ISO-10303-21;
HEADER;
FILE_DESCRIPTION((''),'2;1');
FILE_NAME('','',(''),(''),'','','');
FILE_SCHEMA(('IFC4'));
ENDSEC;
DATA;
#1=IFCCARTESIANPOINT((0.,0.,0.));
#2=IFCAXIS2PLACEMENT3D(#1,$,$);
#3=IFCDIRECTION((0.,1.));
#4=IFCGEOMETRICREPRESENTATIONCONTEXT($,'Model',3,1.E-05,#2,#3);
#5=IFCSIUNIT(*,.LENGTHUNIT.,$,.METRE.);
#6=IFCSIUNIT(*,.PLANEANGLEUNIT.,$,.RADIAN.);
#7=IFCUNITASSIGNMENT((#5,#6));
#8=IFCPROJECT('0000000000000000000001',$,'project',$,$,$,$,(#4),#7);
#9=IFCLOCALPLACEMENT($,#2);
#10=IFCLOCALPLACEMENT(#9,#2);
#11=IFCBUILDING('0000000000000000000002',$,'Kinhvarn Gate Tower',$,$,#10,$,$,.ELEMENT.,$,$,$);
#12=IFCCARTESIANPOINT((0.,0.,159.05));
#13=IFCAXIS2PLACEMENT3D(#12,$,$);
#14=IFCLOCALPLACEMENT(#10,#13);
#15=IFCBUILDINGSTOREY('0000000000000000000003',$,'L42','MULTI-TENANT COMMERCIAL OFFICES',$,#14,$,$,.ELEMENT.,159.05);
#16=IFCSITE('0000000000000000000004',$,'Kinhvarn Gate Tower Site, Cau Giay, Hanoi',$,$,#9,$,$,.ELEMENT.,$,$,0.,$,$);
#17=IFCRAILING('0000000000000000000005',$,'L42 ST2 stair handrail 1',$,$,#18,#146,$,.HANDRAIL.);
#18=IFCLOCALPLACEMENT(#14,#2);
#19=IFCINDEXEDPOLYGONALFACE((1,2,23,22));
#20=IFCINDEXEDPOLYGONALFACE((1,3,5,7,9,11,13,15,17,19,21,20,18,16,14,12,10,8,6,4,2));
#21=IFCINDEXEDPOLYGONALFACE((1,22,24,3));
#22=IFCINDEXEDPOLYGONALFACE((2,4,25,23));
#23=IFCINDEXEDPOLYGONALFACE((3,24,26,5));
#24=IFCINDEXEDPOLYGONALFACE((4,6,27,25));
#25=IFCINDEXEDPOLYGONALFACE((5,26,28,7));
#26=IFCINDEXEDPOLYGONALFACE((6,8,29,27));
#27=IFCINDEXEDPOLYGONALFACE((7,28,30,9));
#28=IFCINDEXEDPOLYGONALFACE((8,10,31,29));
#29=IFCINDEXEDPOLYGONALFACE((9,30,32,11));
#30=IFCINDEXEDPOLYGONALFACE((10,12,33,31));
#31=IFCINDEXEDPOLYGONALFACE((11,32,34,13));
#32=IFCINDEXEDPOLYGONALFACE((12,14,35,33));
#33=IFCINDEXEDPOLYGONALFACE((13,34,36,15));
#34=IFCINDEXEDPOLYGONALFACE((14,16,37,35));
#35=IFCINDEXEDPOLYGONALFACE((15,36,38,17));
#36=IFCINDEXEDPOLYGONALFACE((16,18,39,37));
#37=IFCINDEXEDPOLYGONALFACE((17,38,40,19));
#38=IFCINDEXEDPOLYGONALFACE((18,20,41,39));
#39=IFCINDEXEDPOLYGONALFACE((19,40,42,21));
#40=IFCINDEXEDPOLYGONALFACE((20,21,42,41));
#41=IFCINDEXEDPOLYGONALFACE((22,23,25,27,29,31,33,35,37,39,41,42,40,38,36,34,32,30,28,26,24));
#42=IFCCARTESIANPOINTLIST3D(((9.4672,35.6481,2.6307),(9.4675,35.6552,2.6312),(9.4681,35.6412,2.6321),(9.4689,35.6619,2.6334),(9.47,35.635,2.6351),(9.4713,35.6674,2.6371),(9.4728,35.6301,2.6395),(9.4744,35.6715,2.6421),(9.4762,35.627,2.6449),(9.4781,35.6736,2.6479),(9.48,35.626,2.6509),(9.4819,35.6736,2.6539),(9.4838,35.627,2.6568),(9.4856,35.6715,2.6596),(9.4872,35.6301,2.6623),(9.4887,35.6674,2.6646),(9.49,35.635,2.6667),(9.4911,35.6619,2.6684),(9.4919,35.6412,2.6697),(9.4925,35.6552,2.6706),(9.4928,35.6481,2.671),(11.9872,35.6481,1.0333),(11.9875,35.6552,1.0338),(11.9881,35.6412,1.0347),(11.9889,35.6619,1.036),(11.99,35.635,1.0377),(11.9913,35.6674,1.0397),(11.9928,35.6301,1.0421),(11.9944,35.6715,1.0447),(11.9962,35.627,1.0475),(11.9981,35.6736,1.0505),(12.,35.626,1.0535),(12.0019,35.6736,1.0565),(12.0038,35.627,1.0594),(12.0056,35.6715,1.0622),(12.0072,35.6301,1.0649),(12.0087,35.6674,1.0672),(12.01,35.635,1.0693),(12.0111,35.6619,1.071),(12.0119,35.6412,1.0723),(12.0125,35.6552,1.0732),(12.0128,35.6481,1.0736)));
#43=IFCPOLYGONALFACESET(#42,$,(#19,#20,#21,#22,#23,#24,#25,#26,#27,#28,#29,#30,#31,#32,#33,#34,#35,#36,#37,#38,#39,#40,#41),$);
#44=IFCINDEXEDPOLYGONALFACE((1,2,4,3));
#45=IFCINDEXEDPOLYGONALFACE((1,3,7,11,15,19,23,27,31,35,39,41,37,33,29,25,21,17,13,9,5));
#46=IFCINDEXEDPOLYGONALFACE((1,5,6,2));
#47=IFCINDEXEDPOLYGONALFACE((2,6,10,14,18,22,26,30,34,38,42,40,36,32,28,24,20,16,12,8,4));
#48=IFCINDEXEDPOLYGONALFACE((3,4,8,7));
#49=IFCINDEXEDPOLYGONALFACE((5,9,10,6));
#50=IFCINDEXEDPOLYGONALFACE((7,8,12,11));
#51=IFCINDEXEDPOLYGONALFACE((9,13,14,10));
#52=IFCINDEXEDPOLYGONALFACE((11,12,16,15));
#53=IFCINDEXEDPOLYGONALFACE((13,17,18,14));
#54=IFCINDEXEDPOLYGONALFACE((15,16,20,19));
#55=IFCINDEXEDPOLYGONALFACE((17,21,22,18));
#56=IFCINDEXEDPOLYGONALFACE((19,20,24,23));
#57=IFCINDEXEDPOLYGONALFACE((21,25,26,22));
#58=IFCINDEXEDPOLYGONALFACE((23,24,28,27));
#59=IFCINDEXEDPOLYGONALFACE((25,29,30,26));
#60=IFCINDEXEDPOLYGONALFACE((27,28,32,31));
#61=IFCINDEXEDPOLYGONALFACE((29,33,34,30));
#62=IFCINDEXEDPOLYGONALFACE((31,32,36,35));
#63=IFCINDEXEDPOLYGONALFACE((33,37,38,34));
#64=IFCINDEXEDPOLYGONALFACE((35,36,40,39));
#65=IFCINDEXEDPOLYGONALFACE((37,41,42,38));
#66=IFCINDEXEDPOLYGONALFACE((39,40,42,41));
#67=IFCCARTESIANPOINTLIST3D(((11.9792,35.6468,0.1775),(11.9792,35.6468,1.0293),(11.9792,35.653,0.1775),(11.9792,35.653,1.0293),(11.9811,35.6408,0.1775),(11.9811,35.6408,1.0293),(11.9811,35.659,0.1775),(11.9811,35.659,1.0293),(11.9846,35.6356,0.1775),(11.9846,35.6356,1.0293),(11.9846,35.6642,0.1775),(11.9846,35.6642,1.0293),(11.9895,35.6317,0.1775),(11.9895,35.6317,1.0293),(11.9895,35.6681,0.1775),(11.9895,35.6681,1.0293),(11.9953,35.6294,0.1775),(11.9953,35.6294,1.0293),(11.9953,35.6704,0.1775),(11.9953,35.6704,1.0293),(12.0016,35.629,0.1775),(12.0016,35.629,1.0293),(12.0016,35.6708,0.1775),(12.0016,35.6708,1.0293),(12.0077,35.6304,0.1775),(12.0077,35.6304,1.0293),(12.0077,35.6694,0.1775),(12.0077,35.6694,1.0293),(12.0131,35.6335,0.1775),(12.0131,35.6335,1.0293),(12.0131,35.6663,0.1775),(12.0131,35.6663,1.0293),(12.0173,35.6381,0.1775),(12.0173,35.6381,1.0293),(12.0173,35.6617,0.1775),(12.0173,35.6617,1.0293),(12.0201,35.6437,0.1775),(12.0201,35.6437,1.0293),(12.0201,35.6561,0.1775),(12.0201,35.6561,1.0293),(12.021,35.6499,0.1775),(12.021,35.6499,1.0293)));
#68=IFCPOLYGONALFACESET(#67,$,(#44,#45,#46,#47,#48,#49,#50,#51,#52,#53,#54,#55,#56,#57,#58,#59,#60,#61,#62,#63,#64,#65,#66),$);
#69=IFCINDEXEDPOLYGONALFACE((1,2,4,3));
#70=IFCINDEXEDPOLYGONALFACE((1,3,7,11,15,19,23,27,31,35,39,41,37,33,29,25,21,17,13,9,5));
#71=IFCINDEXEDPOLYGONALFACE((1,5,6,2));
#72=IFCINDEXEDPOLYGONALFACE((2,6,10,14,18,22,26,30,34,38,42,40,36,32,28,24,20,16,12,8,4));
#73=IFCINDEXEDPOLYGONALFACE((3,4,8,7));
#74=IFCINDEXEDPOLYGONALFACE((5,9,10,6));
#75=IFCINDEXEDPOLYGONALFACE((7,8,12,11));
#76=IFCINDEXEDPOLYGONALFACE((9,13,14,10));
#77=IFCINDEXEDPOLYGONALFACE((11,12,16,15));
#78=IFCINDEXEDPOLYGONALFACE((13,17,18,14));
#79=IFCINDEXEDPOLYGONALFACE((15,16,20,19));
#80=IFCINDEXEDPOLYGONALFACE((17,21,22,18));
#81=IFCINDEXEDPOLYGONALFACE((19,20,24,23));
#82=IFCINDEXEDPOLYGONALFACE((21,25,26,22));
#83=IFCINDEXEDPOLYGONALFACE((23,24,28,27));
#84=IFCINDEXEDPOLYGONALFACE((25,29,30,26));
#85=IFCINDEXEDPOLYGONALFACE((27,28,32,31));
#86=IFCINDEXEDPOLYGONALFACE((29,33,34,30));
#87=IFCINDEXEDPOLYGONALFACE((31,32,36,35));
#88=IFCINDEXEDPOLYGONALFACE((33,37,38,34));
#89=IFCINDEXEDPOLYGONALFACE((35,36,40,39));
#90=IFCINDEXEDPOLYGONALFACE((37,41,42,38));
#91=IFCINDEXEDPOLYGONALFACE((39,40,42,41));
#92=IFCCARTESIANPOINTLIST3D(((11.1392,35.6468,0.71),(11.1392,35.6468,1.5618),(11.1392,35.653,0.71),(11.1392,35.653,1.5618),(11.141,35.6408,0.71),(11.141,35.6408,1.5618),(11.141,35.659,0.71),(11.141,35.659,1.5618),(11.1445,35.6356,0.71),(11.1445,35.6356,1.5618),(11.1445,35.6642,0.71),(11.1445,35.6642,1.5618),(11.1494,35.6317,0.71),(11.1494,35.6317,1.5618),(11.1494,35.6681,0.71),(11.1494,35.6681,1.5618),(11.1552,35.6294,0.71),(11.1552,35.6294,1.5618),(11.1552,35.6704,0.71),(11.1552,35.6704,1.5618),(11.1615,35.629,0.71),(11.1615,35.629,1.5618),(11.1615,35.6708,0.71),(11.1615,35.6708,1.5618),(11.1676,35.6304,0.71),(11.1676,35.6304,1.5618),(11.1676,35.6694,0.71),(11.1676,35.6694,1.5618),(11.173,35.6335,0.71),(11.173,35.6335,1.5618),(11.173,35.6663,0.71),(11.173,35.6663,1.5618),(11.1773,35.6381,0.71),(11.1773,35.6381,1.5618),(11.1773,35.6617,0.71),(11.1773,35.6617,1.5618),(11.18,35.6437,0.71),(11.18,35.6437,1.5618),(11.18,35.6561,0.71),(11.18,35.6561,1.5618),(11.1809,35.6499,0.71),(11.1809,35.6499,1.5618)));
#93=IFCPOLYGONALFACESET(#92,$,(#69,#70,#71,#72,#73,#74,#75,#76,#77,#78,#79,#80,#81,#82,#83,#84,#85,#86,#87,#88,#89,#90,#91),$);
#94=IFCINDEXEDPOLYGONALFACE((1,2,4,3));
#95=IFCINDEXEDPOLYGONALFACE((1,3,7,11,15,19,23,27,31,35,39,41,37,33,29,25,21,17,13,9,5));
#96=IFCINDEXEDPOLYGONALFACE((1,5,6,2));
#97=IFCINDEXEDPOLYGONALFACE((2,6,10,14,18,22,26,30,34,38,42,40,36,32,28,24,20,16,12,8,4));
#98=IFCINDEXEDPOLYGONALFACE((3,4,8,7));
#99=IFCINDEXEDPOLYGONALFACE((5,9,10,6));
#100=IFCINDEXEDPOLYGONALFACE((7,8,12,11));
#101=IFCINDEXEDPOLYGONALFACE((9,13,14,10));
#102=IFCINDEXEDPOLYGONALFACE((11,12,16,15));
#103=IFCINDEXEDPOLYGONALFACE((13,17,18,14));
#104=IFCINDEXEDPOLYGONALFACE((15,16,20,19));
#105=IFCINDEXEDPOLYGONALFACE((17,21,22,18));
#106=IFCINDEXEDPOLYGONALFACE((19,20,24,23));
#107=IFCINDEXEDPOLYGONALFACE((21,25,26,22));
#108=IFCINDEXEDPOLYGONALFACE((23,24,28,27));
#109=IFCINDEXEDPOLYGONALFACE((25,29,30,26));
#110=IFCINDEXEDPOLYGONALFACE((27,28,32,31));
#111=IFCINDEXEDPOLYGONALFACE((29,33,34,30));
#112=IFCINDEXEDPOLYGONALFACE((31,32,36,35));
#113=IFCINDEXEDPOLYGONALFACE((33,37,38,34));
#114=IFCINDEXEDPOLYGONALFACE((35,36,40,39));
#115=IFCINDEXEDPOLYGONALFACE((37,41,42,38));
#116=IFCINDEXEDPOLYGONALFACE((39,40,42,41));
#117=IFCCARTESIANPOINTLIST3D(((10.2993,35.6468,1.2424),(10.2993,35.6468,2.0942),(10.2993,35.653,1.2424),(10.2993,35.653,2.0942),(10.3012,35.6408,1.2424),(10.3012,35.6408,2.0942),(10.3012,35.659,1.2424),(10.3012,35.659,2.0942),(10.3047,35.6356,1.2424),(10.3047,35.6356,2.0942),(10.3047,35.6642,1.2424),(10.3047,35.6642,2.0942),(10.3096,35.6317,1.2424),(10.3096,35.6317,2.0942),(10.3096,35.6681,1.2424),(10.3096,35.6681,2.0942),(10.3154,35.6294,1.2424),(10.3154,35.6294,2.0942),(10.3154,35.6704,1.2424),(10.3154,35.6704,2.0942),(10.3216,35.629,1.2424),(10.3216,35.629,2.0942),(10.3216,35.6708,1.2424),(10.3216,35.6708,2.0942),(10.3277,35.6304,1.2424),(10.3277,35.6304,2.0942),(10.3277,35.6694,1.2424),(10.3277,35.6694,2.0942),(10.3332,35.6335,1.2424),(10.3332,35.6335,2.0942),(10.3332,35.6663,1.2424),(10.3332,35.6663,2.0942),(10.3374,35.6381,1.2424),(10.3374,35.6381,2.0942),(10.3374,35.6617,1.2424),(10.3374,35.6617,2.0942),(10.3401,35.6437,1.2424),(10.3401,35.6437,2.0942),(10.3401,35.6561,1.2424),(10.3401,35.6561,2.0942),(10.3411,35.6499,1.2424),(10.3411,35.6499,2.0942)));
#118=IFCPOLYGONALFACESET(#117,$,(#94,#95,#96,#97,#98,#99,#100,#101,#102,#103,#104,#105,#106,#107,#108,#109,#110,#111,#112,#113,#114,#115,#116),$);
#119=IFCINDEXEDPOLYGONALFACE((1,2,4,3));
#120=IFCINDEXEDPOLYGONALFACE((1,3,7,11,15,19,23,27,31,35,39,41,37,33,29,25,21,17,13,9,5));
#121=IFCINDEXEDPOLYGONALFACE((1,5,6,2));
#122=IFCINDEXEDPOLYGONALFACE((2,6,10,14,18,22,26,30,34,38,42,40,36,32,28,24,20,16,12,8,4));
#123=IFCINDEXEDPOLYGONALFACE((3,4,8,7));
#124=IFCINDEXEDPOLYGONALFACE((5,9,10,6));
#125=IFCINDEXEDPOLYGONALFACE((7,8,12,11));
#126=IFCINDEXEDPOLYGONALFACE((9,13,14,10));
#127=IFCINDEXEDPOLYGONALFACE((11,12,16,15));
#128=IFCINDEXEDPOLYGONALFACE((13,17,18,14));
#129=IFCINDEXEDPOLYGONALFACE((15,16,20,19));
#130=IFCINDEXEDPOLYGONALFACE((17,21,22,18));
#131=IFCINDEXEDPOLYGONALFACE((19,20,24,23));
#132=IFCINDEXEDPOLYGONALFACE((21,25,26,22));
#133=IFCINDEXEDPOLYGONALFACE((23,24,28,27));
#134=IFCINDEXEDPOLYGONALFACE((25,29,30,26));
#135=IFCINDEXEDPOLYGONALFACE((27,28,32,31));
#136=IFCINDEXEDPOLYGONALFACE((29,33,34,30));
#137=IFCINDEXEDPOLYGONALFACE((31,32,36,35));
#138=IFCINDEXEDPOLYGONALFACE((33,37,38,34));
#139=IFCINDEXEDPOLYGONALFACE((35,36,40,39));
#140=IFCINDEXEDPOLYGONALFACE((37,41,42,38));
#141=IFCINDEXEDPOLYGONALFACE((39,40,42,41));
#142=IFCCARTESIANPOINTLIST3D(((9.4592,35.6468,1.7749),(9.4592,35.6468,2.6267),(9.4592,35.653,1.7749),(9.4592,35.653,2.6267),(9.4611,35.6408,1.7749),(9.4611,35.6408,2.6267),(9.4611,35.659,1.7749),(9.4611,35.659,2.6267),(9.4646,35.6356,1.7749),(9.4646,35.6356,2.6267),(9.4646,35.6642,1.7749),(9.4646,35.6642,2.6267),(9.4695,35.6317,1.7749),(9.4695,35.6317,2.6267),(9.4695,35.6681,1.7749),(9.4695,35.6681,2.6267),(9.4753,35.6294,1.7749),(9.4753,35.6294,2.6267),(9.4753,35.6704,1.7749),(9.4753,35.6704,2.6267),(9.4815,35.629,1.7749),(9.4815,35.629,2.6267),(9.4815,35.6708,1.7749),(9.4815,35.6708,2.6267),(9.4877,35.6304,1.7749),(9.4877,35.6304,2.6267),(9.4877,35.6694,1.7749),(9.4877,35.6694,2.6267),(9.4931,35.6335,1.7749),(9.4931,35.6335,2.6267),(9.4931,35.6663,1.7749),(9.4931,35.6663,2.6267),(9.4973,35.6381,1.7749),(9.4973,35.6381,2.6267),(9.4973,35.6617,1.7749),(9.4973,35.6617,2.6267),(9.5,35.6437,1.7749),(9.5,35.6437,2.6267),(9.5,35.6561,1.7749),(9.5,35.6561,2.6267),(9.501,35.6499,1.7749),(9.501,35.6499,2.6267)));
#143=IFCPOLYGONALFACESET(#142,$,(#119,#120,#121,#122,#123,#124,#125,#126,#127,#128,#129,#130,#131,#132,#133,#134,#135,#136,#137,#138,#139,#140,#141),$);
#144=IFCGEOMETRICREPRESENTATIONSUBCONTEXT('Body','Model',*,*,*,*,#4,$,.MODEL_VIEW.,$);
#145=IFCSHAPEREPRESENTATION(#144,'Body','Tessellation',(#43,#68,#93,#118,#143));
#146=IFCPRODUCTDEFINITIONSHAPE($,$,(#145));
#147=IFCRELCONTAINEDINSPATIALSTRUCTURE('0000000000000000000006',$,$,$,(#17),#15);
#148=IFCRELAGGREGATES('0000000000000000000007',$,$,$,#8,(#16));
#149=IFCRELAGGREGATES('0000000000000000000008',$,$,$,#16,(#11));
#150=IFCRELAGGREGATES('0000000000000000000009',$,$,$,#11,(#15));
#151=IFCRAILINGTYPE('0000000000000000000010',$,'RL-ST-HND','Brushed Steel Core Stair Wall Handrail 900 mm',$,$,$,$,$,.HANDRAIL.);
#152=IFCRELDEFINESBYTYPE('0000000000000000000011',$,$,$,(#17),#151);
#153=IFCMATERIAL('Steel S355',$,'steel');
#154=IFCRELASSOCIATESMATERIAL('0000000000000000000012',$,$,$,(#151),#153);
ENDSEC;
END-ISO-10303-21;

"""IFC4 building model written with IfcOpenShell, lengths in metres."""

from ifc_helpers import new_model, si_unit, direction, frame, origin, origin_2d, place, context, subcontext, project, spatial, circle, extrude, material, type_object, element, save


model = new_model("IFC4")

# Units and contexts
model_context = context("Model", 3, precision=1e-05, world=origin(), true_north=direction((0.0, 1.0)))
body_context = subcontext(model_context, "Body", "Model", "MODEL_VIEW")
ifc_project = project(units=[si_unit("LENGTHUNIT", "METRE"), si_unit("PLANEANGLEUNIT", "RADIAN")], contexts=[model_context])

# Site, building, storey
site_placement = place(None, origin())
site = spatial("IfcSite", under=ifc_project, at=site_placement, Name="Kinhvarn Gate Tower Site, Cau Giay, Hanoi", CompositionType="ELEMENT", RefElevation=0.0)
building_placement = place(site_placement, origin())
building = spatial("IfcBuilding", under=site, at=building_placement, Name="Kinhvarn Gate Tower", CompositionType="ELEMENT")
storey_placement = place(building_placement, frame((0.0, 0.0, 159.05)))
storey = spatial("IfcBuildingStorey", under=building, at=storey_placement, Name="L42", Description="MULTI-TENANT COMMERCIAL OFFICES", CompositionType="ELEMENT", Elevation=159.05)

# Shared definitions
ifc_material_1 = material(Name="Steel S355", Category="steel")

# Railing
railing_type_1 = type_object("IfcRailingType", Name="RL-ST-HND", Description="Brushed Steel Core Stair Wall Handrail 900 mm", PredefinedType="HANDRAIL", material=ifc_material_1)
railing_1_placement = place(storey_placement, frame((12.0, 35.6499, 0.1775)))
element("IfcRailing", 1, at=railing_1_placement, inside=storey, type_object=railing_type_1, Name="L42 ST2 stair handrail 1", PredefinedType="HANDRAIL", context=body_context, shape_type="SweptSolid", body=[
    extrude(circle(Radius=0.0239, at=origin_2d()), frame((0.0, 0.0, 0.876), z_axis=(-0.844607, 0.0, 0.535387), x_axis=(0.0, -1.0, 0.0)), (0.0, 0.0, 1.0), 2.9836),
    extrude(circle(Radius=0.021, at=origin_2d()), origin(), (0.0, 0.0, 1.0), 0.8518),
    extrude(circle(Radius=0.021, at=origin_2d()), frame((-0.8401, 0.0, 0.5325)), (0.0, 0.0, 1.0), 0.8518),
    extrude(circle(Radius=0.021, at=origin_2d()), frame((-1.6799, 0.0, 1.0649)), (0.0, 0.0, 1.0), 0.8518),
    extrude(circle(Radius=0.021, at=origin_2d()), frame((-2.52, 0.0, 1.5974)), (0.0, 0.0, 1.0), 0.8518),
])

save(model, "model.ifc")
